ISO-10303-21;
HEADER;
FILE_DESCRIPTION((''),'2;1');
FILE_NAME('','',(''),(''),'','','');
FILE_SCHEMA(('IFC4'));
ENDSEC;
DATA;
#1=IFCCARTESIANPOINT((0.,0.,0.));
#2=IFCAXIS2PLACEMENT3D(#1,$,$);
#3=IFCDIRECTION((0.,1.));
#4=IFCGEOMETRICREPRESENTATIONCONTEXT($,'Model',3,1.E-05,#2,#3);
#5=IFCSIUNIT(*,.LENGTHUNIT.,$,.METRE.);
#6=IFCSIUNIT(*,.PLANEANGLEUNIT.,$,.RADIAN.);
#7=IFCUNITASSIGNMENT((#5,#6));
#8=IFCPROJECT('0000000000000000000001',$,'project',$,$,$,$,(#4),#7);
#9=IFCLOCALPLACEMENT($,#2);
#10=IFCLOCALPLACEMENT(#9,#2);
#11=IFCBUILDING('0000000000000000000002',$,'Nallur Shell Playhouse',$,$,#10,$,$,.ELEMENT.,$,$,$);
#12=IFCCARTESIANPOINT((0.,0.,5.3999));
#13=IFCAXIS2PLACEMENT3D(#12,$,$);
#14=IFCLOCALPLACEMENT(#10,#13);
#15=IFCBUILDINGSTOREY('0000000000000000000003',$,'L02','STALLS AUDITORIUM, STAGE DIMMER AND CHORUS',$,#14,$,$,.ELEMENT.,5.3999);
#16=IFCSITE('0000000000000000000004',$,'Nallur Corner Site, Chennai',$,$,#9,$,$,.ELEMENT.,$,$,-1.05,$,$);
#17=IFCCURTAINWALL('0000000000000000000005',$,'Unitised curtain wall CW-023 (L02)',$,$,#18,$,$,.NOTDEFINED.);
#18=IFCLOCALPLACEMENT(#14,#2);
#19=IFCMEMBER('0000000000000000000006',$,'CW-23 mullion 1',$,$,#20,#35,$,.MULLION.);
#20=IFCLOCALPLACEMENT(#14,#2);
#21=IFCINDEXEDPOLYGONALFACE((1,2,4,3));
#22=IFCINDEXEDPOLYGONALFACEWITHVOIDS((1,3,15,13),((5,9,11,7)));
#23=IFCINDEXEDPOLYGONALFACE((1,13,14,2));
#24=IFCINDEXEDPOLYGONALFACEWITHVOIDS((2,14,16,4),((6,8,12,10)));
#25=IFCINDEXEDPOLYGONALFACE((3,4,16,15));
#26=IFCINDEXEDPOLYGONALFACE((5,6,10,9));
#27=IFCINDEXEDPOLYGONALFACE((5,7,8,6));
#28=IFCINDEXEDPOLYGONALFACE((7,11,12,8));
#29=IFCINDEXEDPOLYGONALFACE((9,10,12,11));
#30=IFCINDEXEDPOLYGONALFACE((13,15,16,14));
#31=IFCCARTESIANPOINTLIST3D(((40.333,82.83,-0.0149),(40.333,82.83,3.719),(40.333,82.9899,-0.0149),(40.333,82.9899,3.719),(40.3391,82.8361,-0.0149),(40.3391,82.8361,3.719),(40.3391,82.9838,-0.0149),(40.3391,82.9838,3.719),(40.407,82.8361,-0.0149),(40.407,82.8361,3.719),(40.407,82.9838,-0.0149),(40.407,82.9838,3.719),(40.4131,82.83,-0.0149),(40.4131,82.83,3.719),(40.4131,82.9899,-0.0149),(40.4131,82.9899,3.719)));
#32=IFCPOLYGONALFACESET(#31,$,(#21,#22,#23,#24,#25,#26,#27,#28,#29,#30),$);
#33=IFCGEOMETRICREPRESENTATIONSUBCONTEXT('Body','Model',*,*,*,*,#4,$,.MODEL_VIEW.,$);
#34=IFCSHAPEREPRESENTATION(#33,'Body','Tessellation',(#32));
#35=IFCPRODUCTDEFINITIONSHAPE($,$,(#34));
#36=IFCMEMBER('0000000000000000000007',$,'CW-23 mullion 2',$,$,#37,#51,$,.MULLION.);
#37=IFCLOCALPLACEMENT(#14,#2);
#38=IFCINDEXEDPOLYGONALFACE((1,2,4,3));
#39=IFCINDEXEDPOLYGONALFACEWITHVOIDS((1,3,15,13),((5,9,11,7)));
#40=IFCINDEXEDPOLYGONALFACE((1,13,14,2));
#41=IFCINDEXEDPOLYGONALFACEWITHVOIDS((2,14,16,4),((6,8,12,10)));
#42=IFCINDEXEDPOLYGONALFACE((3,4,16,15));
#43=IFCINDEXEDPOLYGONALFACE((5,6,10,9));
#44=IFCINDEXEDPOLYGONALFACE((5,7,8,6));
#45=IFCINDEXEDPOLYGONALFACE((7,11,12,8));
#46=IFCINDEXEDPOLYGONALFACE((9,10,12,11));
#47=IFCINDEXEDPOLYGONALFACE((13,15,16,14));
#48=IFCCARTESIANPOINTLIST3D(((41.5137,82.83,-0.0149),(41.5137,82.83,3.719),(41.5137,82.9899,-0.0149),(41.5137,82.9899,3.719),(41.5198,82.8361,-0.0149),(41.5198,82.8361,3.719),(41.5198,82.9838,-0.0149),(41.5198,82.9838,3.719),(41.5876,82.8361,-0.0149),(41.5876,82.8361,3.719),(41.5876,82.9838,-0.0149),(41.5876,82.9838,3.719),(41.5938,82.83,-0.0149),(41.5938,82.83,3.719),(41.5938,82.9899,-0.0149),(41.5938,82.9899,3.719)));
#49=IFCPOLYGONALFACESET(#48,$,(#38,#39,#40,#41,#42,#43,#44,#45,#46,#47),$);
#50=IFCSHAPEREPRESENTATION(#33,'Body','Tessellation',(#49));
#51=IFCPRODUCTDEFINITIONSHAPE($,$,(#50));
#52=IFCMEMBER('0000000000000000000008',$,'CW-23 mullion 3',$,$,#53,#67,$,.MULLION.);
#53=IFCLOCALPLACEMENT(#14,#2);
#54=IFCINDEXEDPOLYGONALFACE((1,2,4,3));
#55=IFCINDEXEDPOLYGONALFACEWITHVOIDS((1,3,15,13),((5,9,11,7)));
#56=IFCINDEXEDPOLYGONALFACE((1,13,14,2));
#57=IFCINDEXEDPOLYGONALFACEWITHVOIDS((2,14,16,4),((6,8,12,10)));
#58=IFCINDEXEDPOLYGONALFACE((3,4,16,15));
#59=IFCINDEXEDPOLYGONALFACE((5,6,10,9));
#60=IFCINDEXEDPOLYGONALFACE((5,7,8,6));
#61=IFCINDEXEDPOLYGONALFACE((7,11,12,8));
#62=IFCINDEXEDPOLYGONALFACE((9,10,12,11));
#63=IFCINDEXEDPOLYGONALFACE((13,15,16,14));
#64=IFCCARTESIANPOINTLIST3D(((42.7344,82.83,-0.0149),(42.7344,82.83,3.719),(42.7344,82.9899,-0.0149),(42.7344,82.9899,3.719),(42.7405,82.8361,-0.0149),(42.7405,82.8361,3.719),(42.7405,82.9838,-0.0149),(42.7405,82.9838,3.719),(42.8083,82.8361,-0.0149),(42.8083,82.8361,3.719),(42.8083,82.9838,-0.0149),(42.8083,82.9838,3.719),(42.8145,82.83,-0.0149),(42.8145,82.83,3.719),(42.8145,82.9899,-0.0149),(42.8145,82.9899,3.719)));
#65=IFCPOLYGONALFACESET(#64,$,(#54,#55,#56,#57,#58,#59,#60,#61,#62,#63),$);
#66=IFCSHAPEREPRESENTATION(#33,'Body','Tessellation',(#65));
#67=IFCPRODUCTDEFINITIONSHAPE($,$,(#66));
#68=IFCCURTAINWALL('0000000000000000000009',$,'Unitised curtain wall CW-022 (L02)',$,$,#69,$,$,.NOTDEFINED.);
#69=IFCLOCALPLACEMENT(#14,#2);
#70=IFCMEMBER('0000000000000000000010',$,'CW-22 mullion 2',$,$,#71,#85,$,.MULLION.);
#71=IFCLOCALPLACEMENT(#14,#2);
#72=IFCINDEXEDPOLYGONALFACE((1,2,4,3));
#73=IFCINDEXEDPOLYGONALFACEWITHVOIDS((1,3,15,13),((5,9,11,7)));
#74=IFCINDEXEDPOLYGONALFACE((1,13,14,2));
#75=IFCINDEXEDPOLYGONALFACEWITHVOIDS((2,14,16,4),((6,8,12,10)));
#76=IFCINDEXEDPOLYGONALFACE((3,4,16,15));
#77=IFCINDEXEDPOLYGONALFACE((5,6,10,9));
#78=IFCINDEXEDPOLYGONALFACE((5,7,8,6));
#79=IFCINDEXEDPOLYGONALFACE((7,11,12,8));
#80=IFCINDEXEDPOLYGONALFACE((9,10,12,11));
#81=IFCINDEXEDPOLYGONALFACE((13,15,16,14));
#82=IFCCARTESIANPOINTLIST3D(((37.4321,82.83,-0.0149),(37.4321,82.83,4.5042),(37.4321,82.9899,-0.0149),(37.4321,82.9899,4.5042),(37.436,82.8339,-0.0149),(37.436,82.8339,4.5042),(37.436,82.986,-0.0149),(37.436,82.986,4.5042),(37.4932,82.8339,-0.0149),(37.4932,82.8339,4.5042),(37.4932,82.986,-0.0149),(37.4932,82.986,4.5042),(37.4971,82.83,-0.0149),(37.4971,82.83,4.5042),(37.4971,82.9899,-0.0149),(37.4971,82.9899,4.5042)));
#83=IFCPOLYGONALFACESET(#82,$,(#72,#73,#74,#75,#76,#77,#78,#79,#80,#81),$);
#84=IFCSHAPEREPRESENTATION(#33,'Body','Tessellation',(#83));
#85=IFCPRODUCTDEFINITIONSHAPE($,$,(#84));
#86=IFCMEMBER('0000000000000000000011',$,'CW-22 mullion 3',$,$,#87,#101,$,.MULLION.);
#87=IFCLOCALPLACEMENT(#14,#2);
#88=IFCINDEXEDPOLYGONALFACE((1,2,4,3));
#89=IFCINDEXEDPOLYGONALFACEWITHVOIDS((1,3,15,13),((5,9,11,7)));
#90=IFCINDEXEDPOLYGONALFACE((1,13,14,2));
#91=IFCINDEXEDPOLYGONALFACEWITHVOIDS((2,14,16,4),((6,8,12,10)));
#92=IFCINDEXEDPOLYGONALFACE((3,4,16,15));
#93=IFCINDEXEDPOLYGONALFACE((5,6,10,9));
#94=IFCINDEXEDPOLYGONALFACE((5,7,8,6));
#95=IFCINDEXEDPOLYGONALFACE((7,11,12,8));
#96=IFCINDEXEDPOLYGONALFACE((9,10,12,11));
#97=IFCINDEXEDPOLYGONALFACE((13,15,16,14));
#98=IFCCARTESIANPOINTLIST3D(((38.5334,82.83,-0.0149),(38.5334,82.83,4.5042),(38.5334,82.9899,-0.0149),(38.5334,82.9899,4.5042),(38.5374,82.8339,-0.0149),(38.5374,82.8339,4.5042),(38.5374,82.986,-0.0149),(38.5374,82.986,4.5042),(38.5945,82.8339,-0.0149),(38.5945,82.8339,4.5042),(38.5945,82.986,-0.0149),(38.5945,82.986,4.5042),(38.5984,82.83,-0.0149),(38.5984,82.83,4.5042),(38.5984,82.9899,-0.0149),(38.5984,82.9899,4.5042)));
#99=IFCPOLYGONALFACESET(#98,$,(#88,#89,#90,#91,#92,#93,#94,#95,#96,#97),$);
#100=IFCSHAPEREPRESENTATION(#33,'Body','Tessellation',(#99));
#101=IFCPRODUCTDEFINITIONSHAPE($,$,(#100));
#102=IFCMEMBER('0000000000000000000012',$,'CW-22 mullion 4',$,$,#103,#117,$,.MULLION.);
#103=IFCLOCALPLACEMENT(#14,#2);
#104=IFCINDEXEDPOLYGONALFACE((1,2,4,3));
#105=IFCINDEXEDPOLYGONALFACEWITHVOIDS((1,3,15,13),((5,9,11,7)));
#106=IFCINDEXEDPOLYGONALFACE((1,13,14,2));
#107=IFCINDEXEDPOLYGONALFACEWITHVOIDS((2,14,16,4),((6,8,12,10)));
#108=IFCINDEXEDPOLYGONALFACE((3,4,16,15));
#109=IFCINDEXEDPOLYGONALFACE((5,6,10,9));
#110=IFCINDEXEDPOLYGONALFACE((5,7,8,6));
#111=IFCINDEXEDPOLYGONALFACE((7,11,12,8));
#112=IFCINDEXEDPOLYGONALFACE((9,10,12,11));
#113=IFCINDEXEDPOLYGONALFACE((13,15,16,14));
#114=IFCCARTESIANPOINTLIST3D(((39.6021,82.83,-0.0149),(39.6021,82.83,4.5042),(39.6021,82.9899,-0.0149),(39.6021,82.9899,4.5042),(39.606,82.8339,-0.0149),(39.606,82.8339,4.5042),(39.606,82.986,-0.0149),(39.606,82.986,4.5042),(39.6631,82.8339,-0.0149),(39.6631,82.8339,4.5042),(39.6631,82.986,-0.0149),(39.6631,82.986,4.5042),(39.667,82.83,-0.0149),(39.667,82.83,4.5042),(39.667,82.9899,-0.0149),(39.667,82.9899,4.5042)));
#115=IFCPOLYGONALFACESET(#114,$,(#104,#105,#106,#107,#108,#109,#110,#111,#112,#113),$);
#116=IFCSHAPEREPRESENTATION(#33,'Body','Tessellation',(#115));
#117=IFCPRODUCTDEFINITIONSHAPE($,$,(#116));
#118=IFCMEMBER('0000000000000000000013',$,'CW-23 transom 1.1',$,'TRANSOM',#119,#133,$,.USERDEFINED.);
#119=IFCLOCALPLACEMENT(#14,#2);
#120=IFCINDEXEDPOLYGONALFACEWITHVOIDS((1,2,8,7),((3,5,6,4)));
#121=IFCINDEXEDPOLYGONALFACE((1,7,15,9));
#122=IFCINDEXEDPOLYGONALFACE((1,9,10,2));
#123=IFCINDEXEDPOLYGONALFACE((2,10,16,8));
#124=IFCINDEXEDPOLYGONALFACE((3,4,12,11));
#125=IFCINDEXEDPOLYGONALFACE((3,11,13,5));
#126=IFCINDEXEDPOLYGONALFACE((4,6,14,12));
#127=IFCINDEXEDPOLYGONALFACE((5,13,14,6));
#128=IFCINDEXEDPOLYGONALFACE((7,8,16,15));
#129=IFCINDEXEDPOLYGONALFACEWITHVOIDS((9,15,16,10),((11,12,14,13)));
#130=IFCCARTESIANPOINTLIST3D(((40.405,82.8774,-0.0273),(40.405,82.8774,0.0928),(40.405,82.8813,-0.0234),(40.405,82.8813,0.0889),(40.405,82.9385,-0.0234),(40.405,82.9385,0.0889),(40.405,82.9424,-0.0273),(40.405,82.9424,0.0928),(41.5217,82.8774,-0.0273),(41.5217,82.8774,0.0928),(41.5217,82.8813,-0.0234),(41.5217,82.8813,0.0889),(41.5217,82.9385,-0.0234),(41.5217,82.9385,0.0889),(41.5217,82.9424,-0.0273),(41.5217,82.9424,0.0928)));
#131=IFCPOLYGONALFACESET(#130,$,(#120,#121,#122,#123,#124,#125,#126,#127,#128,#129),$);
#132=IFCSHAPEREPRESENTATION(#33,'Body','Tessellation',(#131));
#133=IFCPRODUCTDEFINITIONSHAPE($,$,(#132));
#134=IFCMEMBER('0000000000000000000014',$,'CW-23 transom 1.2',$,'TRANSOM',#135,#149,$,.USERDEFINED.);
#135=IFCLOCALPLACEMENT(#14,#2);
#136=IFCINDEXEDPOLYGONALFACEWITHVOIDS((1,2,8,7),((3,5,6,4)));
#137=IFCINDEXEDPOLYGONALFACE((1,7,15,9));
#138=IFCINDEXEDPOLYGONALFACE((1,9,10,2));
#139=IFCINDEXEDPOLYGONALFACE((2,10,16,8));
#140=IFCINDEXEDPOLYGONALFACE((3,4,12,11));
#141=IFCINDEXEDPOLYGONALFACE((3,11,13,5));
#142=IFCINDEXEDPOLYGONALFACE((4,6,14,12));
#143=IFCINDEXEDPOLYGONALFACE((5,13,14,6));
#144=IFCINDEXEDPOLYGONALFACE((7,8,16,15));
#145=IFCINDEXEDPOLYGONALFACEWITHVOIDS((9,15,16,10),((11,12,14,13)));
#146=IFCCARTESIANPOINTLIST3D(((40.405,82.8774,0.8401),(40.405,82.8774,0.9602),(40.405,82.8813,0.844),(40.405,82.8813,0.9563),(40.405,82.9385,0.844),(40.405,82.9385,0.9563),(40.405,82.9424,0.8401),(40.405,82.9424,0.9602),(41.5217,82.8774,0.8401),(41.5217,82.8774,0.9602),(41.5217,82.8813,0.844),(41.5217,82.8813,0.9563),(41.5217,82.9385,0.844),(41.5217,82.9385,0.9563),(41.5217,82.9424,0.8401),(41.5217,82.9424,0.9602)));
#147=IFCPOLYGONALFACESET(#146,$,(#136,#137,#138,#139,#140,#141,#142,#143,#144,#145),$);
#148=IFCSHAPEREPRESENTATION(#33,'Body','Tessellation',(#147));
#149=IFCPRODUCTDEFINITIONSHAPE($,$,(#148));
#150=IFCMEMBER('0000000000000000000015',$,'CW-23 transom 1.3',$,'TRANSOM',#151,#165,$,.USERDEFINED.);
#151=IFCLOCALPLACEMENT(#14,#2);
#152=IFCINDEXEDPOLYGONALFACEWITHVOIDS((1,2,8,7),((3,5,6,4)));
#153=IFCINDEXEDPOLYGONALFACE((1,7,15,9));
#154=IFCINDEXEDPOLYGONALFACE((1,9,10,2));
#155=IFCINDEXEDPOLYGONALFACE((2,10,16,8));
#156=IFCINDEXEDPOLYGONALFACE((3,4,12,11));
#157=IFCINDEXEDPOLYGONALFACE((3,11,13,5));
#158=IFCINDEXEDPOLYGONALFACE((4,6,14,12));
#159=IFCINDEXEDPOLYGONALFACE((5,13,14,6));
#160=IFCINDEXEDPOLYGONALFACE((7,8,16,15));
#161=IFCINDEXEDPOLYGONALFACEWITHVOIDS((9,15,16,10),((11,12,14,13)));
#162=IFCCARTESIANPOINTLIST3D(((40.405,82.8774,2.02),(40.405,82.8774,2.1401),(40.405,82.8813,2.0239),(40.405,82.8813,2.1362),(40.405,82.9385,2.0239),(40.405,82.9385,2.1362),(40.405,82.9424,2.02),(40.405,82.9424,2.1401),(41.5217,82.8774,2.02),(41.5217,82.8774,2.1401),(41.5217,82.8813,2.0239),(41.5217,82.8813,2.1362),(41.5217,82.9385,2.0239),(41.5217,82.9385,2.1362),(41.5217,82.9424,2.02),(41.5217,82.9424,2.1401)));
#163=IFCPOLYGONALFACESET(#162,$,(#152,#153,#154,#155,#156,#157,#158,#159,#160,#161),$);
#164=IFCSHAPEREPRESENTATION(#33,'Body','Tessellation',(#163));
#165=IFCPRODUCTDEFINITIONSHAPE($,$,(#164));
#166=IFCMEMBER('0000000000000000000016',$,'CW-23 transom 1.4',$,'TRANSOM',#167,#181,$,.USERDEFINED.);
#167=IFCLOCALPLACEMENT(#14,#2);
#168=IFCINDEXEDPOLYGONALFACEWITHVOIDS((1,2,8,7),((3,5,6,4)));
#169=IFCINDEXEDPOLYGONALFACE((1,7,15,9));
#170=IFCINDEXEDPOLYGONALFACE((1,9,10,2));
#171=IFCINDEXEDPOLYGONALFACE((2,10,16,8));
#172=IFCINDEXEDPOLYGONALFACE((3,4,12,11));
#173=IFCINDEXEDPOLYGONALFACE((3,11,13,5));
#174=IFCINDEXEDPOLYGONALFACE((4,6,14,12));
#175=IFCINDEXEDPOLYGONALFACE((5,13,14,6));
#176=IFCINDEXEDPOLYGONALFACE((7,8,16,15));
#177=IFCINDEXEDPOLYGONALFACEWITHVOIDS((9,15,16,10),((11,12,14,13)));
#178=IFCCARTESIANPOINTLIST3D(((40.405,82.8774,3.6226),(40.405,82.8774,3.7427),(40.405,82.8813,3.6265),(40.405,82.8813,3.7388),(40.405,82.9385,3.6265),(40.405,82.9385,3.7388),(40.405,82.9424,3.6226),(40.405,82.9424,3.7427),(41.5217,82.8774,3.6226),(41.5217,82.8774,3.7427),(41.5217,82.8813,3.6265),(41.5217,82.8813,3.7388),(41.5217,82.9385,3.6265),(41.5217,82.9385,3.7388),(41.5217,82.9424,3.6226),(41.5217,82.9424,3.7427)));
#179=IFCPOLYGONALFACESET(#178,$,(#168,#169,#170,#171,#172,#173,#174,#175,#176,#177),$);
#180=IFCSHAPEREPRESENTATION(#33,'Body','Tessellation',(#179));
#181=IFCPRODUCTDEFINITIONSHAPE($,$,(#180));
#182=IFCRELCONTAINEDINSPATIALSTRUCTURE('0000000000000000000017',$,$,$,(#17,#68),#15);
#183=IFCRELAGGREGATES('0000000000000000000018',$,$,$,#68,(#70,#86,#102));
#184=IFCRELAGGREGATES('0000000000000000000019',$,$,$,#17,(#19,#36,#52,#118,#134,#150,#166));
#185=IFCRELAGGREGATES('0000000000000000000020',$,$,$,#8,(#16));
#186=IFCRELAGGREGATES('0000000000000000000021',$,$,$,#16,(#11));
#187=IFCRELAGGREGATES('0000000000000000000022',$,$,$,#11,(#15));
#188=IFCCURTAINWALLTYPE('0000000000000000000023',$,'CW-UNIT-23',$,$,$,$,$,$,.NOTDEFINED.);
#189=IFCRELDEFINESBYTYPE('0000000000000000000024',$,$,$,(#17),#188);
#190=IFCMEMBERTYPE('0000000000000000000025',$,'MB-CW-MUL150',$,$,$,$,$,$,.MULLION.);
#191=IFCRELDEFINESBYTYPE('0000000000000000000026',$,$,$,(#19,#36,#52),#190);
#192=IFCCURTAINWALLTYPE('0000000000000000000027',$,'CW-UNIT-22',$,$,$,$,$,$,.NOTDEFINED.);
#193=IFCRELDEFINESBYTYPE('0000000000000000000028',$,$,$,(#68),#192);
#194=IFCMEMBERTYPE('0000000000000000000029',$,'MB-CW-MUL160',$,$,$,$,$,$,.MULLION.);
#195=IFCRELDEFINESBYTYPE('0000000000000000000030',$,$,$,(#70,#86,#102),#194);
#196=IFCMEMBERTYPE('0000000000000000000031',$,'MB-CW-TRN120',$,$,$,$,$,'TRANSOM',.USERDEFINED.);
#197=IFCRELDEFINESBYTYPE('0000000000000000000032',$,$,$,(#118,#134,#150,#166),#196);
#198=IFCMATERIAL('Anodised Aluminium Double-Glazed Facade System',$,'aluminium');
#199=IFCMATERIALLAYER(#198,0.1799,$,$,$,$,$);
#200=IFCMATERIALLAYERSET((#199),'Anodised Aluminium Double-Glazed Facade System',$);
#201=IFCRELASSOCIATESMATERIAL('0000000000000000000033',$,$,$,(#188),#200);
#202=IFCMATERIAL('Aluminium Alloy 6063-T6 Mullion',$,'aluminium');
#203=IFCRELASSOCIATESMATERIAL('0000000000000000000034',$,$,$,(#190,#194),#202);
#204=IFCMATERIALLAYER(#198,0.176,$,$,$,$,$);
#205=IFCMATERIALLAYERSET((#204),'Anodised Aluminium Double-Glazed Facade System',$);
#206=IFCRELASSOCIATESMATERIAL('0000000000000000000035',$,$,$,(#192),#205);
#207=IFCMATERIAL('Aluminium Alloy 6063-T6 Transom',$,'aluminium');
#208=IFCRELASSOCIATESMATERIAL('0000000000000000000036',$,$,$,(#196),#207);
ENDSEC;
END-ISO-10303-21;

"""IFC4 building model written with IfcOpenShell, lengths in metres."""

from ifc_helpers import new_model, si_unit, direction, frame, origin, origin_2d, place, context, subcontext, project, spatial, hollow_rectangle, extrude, material, layer, layer_set, material_profile, profile_set, type_object, element, aggregate, save


model = new_model("IFC4")

# Units and contexts
model_context = context("Model", 3, precision=1e-05, world=origin(), true_north=direction((0.0, 1.0)))
body_context = subcontext(model_context, "Body", "Model", "MODEL_VIEW")
ifc_project = project(units=[si_unit("LENGTHUNIT", "METRE"), si_unit("PLANEANGLEUNIT", "RADIAN")], contexts=[model_context])

# Site, building, storey
site_placement = place(None, origin())
site = spatial("IfcSite", under=ifc_project, at=site_placement, Name="Nallur Corner Site, Chennai", CompositionType="ELEMENT", RefElevation=-1.05)
building_placement = place(site_placement, origin())
building = spatial("IfcBuilding", under=site, at=building_placement, Name="Nallur Shell Playhouse", CompositionType="ELEMENT")
storey_placement = place(building_placement, frame((0.0, 0.0, 5.3999)))
storey = spatial("IfcBuildingStorey", under=building, at=storey_placement, Name="L02", Description="STALLS AUDITORIUM, STAGE DIMMER AND CHORUS", CompositionType="ELEMENT", Elevation=5.3999)

# Curtain walls, members
ifc_material_1 = material(Name="Anodised Aluminium Double-Glazed Facade System", Category="aluminium")
ifc_layer_1 = layer(ifc_material_1, 0.1799)
ifc_layer_set_1 = layer_set([ifc_layer_1], Name="Anodised Aluminium Double-Glazed Facade System")
curtain_wall_type_1 = type_object("IfcCurtainWallType", Name="CW-UNIT-23", PredefinedType="NOTDEFINED", material=ifc_layer_set_1)
curtain_wall_1_placement = place(storey_placement, origin())
curtain_wall_1 = element("IfcCurtainWall", 1, at=curtain_wall_1_placement, inside=storey, type_object=curtain_wall_type_1, Name="Unitised curtain wall CW-023 (L02)", PredefinedType="NOTDEFINED")
ifc_material_2 = material(Name="Aluminium Alloy 6063-T6 Mullion", Category="aluminium")
ifc_material_profile_1 = material_profile(ifc_material_2, hollow_rectangle(XDim=0.0801, YDim=0.1599, WallThickness=0.0061, at=origin_2d()), Name="RHS 160x80x6")
ifc_profile_set_1 = profile_set([ifc_material_profile_1], Name="Aluminium Alloy 6063-T6 Mullion")
member_type_1 = type_object("IfcMemberType", Name="MB-CW-MUL150", PredefinedType="MULLION", material=ifc_profile_set_1)
member_1_placement = place(storey_placement, frame((40.373, 82.9099, -0.0149), z_axis=(0.0, 0.0, 1.0), x_axis=(1.0, 0.0, 0.0)))
member_1 = element("IfcMember", 2, at=member_1_placement, type_object=member_type_1, Name="CW-23 mullion 1", PredefinedType="MULLION", context=body_context, shape_type="SweptSolid", body=[
    extrude(hollow_rectangle(XDim=0.0801, YDim=0.1599, WallThickness=0.0061, at=origin_2d()), origin(), (0.0, 0.0, 1.0), 3.7339),
])
member_2_placement = place(storey_placement, frame((41.5537, 82.9099, -0.0149), z_axis=(0.0, 0.0, 1.0), x_axis=(1.0, 0.0, 0.0)))
member_2 = element("IfcMember", 3, at=member_2_placement, type_object=member_type_1, Name="CW-23 mullion 2", PredefinedType="MULLION", context=body_context, shape_type="SweptSolid", body=[
    extrude(hollow_rectangle(XDim=0.0801, YDim=0.1599, WallThickness=0.0061, at=origin_2d()), origin(), (0.0, 0.0, 1.0), 3.7339),
])
member_3_placement = place(storey_placement, frame((42.7744, 82.9099, -0.0149), z_axis=(0.0, 0.0, 1.0), x_axis=(1.0, 0.0, 0.0)))
member_3 = element("IfcMember", 4, at=member_3_placement, type_object=member_type_1, Name="CW-23 mullion 3", PredefinedType="MULLION", context=body_context, shape_type="SweptSolid", body=[
    extrude(hollow_rectangle(XDim=0.0801, YDim=0.1599, WallThickness=0.0061, at=origin_2d()), origin(), (0.0, 0.0, 1.0), 3.7339),
])
ifc_layer_2 = layer(ifc_material_1, 0.176)
ifc_layer_set_2 = layer_set([ifc_layer_2], Name="Anodised Aluminium Double-Glazed Facade System")
curtain_wall_type_2 = type_object("IfcCurtainWallType", Name="CW-UNIT-22", PredefinedType="NOTDEFINED", material=ifc_layer_set_2)
curtain_wall_2_placement = place(storey_placement, origin())
curtain_wall_2 = element("IfcCurtainWall", 5, at=curtain_wall_2_placement, inside=storey, type_object=curtain_wall_type_2, Name="Unitised curtain wall CW-022 (L02)", PredefinedType="NOTDEFINED")
ifc_material_profile_2 = material_profile(ifc_material_2, hollow_rectangle(XDim=0.0649, YDim=0.1599, WallThickness=0.0039, at=origin_2d()), Name="ALU 65x160x4")
ifc_profile_set_2 = profile_set([ifc_material_profile_2], Name="Aluminium Alloy 6063-T6 Mullion")
member_type_2 = type_object("IfcMemberType", Name="MB-CW-MUL160", PredefinedType="MULLION", material=ifc_profile_set_2)
member_4_placement = place(storey_placement, frame((37.4646, 82.9099, -0.0149), z_axis=(0.0, 0.0, 1.0), x_axis=(1.0, 0.0, 0.0)))
member_4 = element("IfcMember", 6, at=member_4_placement, type_object=member_type_2, Name="CW-22 mullion 2", PredefinedType="MULLION", context=body_context, shape_type="SweptSolid", body=[
    extrude(hollow_rectangle(XDim=0.0649, YDim=0.1599, WallThickness=0.0039, at=origin_2d()), origin(), (0.0, 0.0, 1.0), 4.519),
])
member_5_placement = place(storey_placement, frame((38.5659, 82.9099, -0.0149), z_axis=(0.0, 0.0, 1.0), x_axis=(1.0, 0.0, 0.0)))
member_5 = element("IfcMember", 7, at=member_5_placement, type_object=member_type_2, Name="CW-22 mullion 3", PredefinedType="MULLION", context=body_context, shape_type="SweptSolid", body=[
    extrude(hollow_rectangle(XDim=0.0649, YDim=0.1599, WallThickness=0.0039, at=origin_2d()), origin(), (0.0, 0.0, 1.0), 4.519),
])
member_6_placement = place(storey_placement, frame((39.6345, 82.9099, -0.0149), z_axis=(0.0, 0.0, 1.0), x_axis=(1.0, 0.0, 0.0)))
member_6 = element("IfcMember", 8, at=member_6_placement, type_object=member_type_2, Name="CW-22 mullion 4", PredefinedType="MULLION", context=body_context, shape_type="SweptSolid", body=[
    extrude(hollow_rectangle(XDim=0.0649, YDim=0.1599, WallThickness=0.0039, at=origin_2d()), origin(), (0.0, 0.0, 1.0), 4.519),
])

# Members
ifc_material_3 = material(Name="Aluminium Alloy 6063-T6 Transom", Category="aluminium")
ifc_material_profile_3 = material_profile(ifc_material_3, hollow_rectangle(XDim=0.0649, YDim=0.1201, WallThickness=0.0039, at=origin_2d()), Name="ALU 65x120x4")
ifc_profile_set_3 = profile_set([ifc_material_profile_3], Name="Aluminium Alloy 6063-T6 Transom")
member_type_3 = type_object("IfcMemberType", Name="MB-CW-TRN120", ElementType="TRANSOM", PredefinedType="USERDEFINED", material=ifc_profile_set_3)
member_7_placement = place(storey_placement, frame((40.405, 82.9099, 0.0327), z_axis=(1.0, 0.0, 0.0), x_axis=(0.0, 1.0, 0.0)))
member_7 = element("IfcMember", 9, at=member_7_placement, type_object=member_type_3, Name="CW-23 transom 1.1", ObjectType="TRANSOM", PredefinedType="USERDEFINED", context=body_context, shape_type="SweptSolid", body=[
    extrude(hollow_rectangle(XDim=0.0649, YDim=0.1201, WallThickness=0.0039, at=origin_2d()), origin(), (0.0, 0.0, 1.0), 1.1167),
])
member_8_placement = place(storey_placement, frame((40.405, 82.9099, 0.9001), z_axis=(1.0, 0.0, 0.0), x_axis=(0.0, 1.0, 0.0)))
member_8 = element("IfcMember", 10, at=member_8_placement, type_object=member_type_3, Name="CW-23 transom 1.2", ObjectType="TRANSOM", PredefinedType="USERDEFINED", context=body_context, shape_type="SweptSolid", body=[
    extrude(hollow_rectangle(XDim=0.0649, YDim=0.1201, WallThickness=0.0039, at=origin_2d()), origin(), (0.0, 0.0, 1.0), 1.1167),
])
member_9_placement = place(storey_placement, frame((40.405, 82.9099, 2.0801), z_axis=(1.0, 0.0, 0.0), x_axis=(0.0, 1.0, 0.0)))
member_9 = element("IfcMember", 11, at=member_9_placement, type_object=member_type_3, Name="CW-23 transom 1.3", ObjectType="TRANSOM", PredefinedType="USERDEFINED", context=body_context, shape_type="SweptSolid", body=[
    extrude(hollow_rectangle(XDim=0.0649, YDim=0.1201, WallThickness=0.0039, at=origin_2d()), origin(), (0.0, 0.0, 1.0), 1.1167),
])
member_10_placement = place(storey_placement, frame((40.405, 82.9099, 3.6826), z_axis=(1.0, 0.0, 0.0), x_axis=(0.0, 1.0, 0.0)))
member_10 = element("IfcMember", 12, at=member_10_placement, type_object=member_type_3, Name="CW-23 transom 1.4", ObjectType="TRANSOM", PredefinedType="USERDEFINED", context=body_context, shape_type="SweptSolid", body=[
    extrude(hollow_rectangle(XDim=0.0649, YDim=0.1201, WallThickness=0.0039, at=origin_2d()), origin(), (0.0, 0.0, 1.0), 1.1167),
])

aggregate(curtain_wall_2, [member_4, member_5, member_6])
aggregate(curtain_wall_1, [member_1, member_2, member_3, member_7, member_8, member_9, member_10])

save(model, "model.ifc")
